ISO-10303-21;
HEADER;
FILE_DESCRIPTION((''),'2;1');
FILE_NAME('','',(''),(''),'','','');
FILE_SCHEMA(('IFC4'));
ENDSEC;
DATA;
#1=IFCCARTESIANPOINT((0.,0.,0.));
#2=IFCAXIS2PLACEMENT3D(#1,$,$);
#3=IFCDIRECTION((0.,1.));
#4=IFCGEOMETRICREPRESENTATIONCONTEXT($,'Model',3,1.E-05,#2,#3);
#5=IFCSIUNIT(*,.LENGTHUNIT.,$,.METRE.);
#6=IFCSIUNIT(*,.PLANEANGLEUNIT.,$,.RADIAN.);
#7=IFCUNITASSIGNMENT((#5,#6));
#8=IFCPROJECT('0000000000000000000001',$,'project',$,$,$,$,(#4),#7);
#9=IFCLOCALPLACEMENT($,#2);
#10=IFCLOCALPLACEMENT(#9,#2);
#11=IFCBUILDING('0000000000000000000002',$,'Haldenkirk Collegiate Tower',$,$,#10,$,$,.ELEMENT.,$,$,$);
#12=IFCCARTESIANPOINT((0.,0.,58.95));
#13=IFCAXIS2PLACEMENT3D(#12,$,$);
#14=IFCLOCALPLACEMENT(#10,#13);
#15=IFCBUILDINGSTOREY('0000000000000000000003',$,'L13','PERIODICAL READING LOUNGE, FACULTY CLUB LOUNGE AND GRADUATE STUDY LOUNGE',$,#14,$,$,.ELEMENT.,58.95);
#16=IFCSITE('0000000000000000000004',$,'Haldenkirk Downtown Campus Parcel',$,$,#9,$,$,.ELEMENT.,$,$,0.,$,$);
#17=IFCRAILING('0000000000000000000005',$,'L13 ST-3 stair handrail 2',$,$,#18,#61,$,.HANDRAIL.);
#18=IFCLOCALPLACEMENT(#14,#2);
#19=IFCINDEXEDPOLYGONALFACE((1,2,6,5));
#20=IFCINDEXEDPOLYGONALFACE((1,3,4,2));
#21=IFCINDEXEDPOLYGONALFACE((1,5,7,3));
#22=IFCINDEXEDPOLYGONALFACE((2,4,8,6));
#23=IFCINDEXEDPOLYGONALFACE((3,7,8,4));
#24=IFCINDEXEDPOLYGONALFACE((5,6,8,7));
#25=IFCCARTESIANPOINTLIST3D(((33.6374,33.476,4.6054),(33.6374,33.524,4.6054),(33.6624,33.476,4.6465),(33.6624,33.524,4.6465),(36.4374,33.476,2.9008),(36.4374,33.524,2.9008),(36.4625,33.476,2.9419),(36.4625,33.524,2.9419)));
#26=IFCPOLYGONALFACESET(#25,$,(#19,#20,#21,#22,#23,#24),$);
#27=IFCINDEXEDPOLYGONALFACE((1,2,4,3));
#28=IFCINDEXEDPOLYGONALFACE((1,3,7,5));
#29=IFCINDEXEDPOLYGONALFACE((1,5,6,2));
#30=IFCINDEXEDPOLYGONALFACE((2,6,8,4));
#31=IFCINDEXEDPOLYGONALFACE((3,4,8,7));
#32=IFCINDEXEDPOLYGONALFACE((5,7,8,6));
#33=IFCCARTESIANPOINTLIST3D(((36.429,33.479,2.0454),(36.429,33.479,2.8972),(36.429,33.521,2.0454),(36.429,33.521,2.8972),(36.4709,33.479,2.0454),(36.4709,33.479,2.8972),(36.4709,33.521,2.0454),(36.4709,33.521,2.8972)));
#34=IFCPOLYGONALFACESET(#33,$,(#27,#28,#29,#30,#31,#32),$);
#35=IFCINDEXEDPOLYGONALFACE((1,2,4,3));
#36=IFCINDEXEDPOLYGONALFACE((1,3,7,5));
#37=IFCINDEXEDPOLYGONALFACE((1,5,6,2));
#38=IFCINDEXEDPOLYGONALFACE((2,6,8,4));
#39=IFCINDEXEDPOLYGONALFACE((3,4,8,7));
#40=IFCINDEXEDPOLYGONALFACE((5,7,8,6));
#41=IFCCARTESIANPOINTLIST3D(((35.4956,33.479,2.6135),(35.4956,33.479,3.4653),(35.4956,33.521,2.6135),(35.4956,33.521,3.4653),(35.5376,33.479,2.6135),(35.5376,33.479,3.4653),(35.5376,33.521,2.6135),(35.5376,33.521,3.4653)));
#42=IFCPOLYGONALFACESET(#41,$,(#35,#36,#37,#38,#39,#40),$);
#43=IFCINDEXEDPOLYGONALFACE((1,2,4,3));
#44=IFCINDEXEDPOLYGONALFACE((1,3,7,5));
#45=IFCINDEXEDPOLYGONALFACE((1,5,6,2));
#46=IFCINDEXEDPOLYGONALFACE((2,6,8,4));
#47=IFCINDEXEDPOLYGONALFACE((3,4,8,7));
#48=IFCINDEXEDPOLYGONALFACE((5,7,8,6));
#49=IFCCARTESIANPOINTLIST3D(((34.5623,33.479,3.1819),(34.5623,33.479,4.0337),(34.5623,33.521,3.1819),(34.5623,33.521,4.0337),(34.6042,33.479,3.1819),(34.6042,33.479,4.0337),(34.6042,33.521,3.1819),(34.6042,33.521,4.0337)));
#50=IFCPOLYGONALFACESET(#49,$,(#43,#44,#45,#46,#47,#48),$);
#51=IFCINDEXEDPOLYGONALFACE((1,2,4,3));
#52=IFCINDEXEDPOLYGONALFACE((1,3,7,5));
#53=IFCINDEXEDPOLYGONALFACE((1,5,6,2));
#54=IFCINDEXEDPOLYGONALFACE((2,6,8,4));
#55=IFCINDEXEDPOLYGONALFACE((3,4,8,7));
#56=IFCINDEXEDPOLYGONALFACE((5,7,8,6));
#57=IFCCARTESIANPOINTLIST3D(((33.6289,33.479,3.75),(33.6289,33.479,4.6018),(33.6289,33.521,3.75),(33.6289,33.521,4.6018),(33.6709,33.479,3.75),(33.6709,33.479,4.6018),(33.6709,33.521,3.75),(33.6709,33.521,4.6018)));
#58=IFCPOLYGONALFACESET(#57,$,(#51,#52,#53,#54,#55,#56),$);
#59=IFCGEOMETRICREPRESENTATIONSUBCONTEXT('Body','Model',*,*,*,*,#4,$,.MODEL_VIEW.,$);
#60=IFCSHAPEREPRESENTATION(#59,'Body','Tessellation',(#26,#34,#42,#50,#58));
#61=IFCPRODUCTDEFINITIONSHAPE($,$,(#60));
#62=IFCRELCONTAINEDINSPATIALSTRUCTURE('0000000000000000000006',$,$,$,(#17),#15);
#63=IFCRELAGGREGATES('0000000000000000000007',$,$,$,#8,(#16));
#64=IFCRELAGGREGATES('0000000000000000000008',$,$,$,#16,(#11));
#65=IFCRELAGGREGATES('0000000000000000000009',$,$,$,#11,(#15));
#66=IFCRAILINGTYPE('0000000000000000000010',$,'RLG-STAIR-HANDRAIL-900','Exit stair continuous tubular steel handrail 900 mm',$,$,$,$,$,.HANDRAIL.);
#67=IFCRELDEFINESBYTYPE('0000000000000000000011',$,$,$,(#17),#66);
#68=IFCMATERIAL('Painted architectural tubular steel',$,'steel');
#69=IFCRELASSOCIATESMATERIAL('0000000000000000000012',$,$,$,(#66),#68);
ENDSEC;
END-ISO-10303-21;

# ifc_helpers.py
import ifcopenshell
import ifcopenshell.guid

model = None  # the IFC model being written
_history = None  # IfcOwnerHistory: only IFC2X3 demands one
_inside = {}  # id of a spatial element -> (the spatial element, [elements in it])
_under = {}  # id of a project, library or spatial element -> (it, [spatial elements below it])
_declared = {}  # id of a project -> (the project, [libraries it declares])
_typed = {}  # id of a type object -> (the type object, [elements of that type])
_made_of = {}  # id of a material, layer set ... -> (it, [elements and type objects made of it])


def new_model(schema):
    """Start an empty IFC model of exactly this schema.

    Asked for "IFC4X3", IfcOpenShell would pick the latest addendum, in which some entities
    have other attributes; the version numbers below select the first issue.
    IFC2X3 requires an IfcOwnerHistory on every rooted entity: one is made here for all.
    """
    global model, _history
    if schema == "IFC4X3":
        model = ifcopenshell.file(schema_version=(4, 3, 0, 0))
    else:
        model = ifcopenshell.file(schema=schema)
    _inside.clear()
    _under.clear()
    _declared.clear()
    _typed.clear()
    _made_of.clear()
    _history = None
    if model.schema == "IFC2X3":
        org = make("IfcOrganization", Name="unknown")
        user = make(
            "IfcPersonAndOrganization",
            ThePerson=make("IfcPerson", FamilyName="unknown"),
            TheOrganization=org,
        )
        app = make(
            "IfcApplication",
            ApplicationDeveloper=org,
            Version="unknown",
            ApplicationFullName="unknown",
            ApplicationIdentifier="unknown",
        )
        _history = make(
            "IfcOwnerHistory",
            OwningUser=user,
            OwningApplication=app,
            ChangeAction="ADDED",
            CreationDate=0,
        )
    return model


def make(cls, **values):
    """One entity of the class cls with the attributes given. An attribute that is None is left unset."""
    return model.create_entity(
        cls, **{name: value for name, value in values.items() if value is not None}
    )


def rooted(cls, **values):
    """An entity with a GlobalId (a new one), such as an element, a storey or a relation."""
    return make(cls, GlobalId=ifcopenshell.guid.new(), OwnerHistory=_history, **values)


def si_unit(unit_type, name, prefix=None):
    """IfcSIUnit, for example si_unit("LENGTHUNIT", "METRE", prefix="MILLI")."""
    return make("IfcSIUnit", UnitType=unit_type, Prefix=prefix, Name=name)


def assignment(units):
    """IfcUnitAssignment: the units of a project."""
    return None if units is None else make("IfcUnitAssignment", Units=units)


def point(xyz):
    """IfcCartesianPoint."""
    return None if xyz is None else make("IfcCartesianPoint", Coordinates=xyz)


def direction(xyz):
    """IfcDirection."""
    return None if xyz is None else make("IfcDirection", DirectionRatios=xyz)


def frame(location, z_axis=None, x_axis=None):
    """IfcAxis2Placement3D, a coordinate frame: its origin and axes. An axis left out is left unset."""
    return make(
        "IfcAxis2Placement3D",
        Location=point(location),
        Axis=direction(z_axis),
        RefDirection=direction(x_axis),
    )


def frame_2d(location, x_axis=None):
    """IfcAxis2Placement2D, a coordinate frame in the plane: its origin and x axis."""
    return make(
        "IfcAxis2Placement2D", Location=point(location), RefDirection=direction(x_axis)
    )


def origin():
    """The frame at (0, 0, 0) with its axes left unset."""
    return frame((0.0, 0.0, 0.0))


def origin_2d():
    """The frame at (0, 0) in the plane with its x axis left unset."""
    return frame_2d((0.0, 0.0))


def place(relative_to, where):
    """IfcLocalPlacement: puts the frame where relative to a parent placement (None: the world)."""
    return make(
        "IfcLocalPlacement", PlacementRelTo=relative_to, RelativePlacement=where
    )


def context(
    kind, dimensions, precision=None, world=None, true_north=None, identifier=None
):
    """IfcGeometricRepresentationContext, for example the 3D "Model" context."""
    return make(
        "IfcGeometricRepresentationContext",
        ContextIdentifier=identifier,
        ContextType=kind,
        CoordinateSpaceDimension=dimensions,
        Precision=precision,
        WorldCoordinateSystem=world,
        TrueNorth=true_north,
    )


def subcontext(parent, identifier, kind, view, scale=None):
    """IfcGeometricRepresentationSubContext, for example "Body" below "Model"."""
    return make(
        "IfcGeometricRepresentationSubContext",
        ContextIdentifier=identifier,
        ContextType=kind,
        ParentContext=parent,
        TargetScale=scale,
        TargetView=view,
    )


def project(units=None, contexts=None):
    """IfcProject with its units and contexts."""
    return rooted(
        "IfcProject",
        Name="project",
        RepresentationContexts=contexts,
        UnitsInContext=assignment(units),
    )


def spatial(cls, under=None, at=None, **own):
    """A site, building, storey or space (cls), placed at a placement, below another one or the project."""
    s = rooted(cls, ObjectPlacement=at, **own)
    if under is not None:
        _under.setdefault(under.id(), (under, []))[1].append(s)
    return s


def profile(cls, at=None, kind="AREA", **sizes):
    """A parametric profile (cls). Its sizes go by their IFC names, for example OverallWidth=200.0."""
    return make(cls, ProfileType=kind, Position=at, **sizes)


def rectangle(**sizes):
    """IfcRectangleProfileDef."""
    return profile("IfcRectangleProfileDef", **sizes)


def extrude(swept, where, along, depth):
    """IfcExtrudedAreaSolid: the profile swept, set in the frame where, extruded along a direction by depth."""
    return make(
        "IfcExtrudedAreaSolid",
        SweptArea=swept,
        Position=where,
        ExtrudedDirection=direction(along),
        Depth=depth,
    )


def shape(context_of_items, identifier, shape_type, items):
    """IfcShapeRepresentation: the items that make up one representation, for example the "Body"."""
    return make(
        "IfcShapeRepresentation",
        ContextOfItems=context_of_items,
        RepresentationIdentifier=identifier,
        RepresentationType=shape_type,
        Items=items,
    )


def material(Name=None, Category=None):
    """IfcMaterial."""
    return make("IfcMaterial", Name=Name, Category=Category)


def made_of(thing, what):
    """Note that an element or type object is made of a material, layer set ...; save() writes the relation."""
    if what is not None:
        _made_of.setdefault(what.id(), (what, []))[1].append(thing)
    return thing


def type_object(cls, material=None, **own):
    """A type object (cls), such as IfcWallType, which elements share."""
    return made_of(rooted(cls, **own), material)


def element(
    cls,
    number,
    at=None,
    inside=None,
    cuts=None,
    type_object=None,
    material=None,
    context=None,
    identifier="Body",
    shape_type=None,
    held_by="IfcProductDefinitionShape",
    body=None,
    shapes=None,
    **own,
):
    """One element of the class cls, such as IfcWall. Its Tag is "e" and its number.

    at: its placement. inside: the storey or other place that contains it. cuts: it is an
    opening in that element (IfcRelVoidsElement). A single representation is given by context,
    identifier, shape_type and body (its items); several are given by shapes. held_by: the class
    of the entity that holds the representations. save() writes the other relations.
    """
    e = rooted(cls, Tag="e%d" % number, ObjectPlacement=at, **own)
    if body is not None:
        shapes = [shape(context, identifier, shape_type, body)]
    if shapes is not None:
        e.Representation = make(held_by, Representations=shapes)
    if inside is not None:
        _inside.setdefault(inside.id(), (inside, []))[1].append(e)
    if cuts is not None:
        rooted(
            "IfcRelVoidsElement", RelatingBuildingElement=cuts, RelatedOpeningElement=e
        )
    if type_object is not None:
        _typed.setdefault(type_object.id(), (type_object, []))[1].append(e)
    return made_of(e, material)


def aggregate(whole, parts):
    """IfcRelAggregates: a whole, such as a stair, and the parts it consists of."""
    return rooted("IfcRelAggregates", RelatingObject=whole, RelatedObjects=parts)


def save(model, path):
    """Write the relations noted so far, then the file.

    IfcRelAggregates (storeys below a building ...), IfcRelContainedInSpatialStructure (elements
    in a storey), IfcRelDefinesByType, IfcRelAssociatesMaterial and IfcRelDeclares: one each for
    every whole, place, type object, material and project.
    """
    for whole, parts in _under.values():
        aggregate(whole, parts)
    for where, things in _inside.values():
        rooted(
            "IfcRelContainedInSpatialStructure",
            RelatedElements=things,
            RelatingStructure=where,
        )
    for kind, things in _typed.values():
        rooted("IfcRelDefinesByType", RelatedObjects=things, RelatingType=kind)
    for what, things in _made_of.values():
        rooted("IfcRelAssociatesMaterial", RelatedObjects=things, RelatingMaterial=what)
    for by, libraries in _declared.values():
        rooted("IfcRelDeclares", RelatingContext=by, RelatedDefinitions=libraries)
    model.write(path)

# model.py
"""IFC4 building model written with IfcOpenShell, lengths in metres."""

from ifc_helpers import new_model, si_unit, direction, frame, origin, origin_2d, place, context, subcontext, project, spatial, rectangle, extrude, material, type_object, element, save


model = new_model("IFC4")

# Units and contexts
model_context = context("Model", 3, precision=1e-05, world=origin(), true_north=direction((0.0, 1.0)))
body_context = subcontext(model_context, "Body", "Model", "MODEL_VIEW")
ifc_project = project(units=[si_unit("LENGTHUNIT", "METRE"), si_unit("PLANEANGLEUNIT", "RADIAN")], contexts=[model_context])

# Site, building, storey
site_placement = place(None, origin())
site = spatial("IfcSite", under=ifc_project, at=site_placement, Name="Haldenkirk Downtown Campus Parcel", CompositionType="ELEMENT", RefElevation=0.0)
building_placement = place(site_placement, origin())
building = spatial("IfcBuilding", under=site, at=building_placement, Name="Haldenkirk Collegiate Tower", CompositionType="ELEMENT")
storey_placement = place(building_placement, frame((0.0, 0.0, 58.95)))
storey = spatial("IfcBuildingStorey", under=building, at=storey_placement, Name="L13", Description="PERIODICAL READING LOUNGE, FACULTY CLUB LOUNGE AND GRADUATE STUDY LOUNGE", CompositionType="ELEMENT", Elevation=58.95)

# Railing
ifc_material_1 = material(Name="Painted architectural tubular steel", Category="steel")
railing_type_1 = type_object("IfcRailingType", Name="RLG-STAIR-HANDRAIL-900", Description="Exit stair continuous tubular steel handrail 900 mm", PredefinedType="HANDRAIL", material=ifc_material_1)
railing_1_placement = place(storey_placement, frame((36.45, 33.5, 2.0454)))
element("IfcRailing", 1, at=railing_1_placement, inside=storey, type_object=railing_type_1, Name="L13 ST-3 stair handrail 2", PredefinedType="HANDRAIL", context=body_context, shape_type="SweptSolid", body=[
    extrude(rectangle(XDim=0.0481, YDim=0.0481, at=origin_2d()), frame((0.0, 0.0, 0.876), z_axis=(-0.85417, 0.0, 0.519994), x_axis=(0.0, -1.0, 0.0)), (0.0, 0.0, 1.0), 3.2781),
    extrude(rectangle(XDim=0.042, YDim=0.042, at=origin_2d()), origin(), (0.0, 0.0, 1.0), 0.8518),
    extrude(rectangle(XDim=0.042, YDim=0.042, at=origin_2d()), frame((-0.9333, 0.0, 0.5681)), (0.0, 0.0, 1.0), 0.8518),
    extrude(rectangle(XDim=0.042, YDim=0.042, at=origin_2d()), frame((-1.8667, 0.0, 1.1365)), (0.0, 0.0, 1.0), 0.8518),
    extrude(rectangle(XDim=0.042, YDim=0.042, at=origin_2d()), frame((-2.8, 0.0, 1.7046)), (0.0, 0.0, 1.0), 0.8518),
])

save(model, "model.ifc")
